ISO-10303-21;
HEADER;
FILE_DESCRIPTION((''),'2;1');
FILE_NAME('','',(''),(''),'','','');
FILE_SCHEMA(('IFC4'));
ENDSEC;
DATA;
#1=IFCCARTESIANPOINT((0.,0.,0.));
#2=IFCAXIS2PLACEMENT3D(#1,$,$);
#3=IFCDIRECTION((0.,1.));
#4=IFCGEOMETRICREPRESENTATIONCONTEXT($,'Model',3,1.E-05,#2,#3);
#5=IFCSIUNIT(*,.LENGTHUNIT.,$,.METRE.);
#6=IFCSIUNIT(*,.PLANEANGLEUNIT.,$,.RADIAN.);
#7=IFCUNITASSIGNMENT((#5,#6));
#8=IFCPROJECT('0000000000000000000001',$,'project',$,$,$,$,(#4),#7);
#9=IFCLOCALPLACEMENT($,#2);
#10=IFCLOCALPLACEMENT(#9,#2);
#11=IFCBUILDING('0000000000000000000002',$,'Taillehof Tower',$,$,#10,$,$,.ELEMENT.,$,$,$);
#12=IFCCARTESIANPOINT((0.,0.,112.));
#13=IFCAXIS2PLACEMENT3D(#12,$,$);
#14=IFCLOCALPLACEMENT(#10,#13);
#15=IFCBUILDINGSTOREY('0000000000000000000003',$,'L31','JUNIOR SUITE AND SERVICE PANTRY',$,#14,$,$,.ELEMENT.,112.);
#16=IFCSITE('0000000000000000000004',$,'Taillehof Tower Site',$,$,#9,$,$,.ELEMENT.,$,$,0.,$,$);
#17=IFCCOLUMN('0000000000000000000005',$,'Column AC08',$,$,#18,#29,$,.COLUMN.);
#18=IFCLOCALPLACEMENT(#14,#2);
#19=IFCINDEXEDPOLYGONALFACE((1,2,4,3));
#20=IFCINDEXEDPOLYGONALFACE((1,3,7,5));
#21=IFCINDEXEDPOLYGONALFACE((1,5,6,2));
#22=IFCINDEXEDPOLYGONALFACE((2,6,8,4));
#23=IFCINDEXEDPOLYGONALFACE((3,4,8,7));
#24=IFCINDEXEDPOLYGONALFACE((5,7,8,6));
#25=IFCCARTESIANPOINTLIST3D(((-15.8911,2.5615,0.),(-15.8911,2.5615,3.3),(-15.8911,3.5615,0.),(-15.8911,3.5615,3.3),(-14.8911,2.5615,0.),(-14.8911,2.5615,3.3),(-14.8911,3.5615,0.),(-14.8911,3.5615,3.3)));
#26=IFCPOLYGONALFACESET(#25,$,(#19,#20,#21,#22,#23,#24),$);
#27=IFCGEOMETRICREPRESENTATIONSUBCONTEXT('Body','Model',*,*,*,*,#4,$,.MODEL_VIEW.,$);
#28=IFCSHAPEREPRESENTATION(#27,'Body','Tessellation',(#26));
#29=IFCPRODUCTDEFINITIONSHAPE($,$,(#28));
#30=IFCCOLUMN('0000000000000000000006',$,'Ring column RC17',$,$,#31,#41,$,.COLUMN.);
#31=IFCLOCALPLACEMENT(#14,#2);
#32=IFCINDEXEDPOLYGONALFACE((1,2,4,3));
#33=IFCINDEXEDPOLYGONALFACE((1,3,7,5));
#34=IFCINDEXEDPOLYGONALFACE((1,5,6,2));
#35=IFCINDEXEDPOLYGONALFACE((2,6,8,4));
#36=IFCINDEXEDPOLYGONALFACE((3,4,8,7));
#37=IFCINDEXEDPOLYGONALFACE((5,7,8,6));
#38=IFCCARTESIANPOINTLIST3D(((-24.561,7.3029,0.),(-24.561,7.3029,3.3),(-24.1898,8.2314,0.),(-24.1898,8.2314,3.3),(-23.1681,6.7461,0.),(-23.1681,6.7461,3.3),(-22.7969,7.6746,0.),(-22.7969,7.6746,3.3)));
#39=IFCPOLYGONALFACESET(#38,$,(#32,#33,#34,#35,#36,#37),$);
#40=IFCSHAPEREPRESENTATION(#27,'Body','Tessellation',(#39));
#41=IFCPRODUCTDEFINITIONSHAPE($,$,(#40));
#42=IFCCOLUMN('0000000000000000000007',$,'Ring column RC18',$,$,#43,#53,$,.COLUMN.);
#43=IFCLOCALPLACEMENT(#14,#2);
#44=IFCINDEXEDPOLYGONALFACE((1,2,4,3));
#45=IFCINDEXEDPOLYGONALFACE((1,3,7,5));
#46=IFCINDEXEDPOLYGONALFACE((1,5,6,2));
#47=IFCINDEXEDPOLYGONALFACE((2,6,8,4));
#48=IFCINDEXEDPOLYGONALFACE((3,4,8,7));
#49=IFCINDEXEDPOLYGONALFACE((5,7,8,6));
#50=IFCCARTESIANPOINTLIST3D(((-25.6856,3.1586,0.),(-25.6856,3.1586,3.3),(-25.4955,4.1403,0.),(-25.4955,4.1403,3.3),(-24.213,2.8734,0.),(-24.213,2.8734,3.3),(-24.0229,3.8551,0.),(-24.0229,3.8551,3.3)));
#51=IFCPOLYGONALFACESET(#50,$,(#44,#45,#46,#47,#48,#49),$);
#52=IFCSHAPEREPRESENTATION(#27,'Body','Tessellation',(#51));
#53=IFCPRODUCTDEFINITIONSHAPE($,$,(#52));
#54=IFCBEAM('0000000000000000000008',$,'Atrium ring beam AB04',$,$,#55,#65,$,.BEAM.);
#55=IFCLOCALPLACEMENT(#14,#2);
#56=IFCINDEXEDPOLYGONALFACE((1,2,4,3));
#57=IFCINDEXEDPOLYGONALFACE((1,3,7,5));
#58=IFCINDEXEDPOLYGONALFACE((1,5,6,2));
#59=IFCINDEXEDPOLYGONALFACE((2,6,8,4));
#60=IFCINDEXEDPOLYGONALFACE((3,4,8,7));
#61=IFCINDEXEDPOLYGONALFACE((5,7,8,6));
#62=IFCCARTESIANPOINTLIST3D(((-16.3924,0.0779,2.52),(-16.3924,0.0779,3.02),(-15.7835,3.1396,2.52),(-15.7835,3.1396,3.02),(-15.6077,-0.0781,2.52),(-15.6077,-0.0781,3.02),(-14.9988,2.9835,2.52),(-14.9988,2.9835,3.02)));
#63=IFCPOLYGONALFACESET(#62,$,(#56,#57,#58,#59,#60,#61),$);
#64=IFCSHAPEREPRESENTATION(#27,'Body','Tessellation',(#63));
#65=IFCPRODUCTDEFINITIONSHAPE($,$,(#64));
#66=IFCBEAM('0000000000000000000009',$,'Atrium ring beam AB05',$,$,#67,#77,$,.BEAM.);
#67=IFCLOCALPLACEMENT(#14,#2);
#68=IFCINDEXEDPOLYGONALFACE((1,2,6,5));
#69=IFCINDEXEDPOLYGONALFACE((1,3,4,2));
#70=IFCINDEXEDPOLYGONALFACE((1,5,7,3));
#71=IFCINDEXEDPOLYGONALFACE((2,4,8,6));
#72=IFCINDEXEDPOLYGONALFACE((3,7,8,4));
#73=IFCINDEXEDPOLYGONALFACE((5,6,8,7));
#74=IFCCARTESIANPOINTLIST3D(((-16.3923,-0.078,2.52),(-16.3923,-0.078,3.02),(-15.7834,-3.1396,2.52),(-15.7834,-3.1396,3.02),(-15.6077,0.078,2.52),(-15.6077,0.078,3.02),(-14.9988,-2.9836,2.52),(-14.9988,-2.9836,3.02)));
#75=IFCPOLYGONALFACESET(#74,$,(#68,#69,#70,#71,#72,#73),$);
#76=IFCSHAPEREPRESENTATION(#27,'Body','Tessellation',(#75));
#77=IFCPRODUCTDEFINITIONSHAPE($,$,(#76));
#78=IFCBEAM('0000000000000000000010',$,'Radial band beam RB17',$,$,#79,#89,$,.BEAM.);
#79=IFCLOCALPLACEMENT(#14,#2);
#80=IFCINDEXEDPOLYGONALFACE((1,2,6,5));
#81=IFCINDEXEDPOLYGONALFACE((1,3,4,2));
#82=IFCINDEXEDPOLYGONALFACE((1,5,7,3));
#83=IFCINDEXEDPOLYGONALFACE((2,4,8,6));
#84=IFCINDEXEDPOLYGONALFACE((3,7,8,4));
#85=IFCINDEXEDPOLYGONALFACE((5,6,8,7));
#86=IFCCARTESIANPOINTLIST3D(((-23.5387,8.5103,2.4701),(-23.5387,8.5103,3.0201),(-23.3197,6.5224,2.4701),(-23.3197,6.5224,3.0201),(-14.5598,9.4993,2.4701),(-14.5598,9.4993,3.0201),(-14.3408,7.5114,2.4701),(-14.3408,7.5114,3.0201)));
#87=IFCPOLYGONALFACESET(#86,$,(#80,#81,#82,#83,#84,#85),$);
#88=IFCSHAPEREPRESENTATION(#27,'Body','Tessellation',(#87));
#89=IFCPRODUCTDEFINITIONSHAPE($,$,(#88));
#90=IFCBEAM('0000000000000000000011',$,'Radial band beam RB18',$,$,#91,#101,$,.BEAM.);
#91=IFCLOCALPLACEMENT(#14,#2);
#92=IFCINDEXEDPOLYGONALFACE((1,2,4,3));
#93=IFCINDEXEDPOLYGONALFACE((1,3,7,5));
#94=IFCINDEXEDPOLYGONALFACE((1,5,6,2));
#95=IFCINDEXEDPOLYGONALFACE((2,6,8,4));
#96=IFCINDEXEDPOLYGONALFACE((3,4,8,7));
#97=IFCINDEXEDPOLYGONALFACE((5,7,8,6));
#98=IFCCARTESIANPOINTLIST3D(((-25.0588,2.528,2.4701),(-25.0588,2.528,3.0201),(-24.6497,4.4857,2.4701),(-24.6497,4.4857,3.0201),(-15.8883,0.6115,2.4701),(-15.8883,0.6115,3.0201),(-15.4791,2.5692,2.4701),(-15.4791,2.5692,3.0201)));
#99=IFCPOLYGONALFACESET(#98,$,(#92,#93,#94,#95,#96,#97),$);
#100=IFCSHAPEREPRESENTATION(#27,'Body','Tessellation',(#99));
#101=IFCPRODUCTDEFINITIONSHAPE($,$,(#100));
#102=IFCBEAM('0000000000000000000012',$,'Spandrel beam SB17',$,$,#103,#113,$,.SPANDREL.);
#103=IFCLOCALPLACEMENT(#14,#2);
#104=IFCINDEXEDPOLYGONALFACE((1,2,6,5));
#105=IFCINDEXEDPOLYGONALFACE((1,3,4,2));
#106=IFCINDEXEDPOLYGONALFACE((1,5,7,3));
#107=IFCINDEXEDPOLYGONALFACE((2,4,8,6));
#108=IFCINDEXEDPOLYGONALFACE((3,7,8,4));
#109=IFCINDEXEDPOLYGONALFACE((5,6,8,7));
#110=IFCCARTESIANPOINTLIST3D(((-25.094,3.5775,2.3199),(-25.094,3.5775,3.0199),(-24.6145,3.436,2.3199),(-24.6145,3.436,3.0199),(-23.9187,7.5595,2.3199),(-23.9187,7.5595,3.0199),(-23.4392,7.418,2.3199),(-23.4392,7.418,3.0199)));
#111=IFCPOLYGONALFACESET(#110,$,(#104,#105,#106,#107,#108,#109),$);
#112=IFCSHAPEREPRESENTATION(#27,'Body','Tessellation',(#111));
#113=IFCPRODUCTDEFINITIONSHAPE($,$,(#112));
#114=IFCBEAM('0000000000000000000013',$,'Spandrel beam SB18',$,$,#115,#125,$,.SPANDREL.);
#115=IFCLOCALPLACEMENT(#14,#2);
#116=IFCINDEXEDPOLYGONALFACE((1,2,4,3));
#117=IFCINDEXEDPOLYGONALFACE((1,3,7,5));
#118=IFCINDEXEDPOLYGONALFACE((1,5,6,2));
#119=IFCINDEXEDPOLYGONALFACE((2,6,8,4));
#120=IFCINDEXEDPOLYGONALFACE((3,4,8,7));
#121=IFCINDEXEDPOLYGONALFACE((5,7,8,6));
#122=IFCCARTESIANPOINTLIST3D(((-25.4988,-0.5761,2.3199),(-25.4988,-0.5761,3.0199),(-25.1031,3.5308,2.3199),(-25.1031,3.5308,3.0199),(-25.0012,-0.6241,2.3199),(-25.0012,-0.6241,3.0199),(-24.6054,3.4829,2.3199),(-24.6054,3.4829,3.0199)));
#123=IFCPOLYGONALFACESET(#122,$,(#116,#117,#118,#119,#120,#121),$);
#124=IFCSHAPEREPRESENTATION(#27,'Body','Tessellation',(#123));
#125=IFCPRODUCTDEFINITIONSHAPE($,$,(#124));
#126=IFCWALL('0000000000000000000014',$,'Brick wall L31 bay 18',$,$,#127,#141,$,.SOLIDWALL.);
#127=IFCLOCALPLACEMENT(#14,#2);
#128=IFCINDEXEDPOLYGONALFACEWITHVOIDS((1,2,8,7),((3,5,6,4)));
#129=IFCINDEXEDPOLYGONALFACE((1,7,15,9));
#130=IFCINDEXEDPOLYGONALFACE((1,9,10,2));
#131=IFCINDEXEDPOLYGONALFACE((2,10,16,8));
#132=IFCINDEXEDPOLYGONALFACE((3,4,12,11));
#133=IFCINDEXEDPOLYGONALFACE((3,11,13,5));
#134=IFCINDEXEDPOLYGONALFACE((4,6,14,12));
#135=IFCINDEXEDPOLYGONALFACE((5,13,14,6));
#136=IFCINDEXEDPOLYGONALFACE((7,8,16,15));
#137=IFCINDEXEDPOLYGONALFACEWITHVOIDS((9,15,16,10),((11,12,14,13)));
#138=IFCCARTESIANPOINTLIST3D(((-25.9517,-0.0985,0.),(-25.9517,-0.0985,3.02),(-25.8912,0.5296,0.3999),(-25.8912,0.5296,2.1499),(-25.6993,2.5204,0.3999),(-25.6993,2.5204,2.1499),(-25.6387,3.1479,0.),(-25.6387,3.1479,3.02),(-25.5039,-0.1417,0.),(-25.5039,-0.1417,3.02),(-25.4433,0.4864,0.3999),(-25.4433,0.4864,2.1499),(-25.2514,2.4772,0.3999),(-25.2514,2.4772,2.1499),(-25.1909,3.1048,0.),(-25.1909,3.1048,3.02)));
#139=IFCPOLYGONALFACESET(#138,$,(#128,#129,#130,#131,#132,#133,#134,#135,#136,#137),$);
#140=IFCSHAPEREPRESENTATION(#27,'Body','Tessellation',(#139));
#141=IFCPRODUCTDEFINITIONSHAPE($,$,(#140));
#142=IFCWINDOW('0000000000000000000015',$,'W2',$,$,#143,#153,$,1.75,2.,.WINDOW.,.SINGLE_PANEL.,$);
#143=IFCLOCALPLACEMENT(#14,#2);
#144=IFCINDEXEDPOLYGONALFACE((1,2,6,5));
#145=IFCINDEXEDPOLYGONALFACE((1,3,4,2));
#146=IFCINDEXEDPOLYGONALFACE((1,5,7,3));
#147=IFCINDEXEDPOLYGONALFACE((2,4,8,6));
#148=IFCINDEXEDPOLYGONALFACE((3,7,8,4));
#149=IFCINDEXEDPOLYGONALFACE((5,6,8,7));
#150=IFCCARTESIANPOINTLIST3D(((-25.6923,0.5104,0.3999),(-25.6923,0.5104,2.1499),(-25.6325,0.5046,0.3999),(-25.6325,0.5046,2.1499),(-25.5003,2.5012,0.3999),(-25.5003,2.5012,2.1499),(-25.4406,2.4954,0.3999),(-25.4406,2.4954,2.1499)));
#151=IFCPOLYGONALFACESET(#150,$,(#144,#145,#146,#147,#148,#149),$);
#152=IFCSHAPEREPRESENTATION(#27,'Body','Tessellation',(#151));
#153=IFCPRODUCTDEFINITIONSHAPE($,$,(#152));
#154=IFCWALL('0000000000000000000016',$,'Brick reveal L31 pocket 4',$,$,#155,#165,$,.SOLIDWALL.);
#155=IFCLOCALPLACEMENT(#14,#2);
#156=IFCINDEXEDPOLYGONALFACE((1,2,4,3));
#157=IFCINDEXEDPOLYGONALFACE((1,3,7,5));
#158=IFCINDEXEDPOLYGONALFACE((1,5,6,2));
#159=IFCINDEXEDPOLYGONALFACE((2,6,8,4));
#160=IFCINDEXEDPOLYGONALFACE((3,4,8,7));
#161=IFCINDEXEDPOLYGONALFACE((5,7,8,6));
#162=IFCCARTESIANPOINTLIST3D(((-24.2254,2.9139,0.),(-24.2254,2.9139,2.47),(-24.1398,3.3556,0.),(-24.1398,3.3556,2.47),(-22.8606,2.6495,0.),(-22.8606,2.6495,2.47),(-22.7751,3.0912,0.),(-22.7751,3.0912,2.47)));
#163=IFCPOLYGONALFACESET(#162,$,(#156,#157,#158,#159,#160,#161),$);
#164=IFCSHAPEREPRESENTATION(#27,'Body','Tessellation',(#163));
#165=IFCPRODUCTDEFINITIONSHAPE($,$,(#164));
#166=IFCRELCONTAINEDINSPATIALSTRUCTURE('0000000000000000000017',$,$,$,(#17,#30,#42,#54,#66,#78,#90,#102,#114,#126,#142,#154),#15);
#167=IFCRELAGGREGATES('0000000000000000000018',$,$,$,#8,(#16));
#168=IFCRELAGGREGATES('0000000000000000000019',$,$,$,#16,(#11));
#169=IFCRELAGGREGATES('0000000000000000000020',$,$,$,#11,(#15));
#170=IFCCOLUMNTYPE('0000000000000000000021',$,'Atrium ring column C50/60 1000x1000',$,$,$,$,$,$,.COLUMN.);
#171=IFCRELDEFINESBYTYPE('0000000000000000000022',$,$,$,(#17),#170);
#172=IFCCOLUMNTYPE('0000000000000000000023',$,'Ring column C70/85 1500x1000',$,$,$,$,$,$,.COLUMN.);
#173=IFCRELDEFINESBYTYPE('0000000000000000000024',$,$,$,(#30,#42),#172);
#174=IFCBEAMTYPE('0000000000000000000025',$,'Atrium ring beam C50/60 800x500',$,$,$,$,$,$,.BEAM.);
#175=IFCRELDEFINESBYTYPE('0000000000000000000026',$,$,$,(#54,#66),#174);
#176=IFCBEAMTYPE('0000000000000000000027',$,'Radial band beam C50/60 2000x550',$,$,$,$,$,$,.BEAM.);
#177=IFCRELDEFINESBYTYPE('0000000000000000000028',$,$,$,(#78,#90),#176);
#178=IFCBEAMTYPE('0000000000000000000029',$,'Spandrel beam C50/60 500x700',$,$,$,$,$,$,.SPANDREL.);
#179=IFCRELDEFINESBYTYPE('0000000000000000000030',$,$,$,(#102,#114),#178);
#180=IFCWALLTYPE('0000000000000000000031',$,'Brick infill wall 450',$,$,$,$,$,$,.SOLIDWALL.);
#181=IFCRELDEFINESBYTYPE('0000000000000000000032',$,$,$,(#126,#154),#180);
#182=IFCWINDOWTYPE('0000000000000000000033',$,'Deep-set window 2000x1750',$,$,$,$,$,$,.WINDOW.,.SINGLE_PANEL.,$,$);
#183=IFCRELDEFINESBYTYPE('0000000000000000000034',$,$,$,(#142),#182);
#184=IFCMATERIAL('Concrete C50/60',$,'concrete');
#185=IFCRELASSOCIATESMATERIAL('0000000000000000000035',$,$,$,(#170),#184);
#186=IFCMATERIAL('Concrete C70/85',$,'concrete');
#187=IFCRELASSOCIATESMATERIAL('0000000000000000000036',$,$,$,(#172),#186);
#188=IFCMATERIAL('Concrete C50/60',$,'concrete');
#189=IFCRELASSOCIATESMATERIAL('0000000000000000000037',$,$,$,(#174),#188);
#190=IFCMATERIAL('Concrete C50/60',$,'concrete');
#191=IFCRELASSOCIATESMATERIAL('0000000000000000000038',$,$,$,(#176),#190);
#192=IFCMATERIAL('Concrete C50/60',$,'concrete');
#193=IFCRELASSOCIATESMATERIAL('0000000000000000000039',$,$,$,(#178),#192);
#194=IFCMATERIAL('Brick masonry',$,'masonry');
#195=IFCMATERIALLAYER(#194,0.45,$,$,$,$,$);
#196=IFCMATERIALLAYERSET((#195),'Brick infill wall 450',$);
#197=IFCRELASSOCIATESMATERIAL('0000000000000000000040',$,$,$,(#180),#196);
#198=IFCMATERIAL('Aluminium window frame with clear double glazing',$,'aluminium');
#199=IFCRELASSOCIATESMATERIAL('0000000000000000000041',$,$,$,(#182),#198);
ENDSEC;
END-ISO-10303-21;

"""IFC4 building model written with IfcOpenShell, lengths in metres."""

from ifc_helpers import new_model, si_unit, direction, frame, frame_2d, origin, origin_2d, place, context, subcontext, project, spatial, rectangle, extrude, material, layer, layer_set, material_profile, profile_set, type_object, element, fill, save


model = new_model("IFC4")

# Units and contexts
model_context = context("Model", 3, precision=1e-05, world=origin(), true_north=direction((0.0, 1.0)))
body_context = subcontext(model_context, "Body", "Model", "MODEL_VIEW")
ifc_project = project(units=[si_unit("LENGTHUNIT", "METRE"), si_unit("PLANEANGLEUNIT", "RADIAN")], contexts=[model_context])

# Site, building, storey
site_placement = place(None, origin())
site = spatial("IfcSite", under=ifc_project, at=site_placement, Name="Taillehof Tower Site", CompositionType="ELEMENT", RefElevation=0.0)
building_placement = place(site_placement, origin())
building = spatial("IfcBuilding", under=site, at=building_placement, Name="Taillehof Tower", CompositionType="ELEMENT")
storey_placement = place(building_placement, frame((0.0, 0.0, 112.0)))
storey = spatial("IfcBuildingStorey", under=building, at=storey_placement, Name="L31", Description="JUNIOR SUITE AND SERVICE PANTRY", CompositionType="ELEMENT", Elevation=112.0)

# Columns
ifc_material_1 = material(Name="Concrete C50/60", Category="concrete")
ifc_material_profile_1 = material_profile(ifc_material_1, rectangle(XDim=1.0, YDim=1.0, at=origin_2d()), Name="RC 1000x1000")
ifc_profile_set_1 = profile_set([ifc_material_profile_1], Name="Concrete C50/60")
column_type_1 = type_object("IfcColumnType", Name="Atrium ring column C50/60 1000x1000", PredefinedType="COLUMN", material=ifc_profile_set_1)
column_placement = place(storey_placement, frame((-15.3911, 3.0615, 0.0), z_axis=(0.0, 0.0, 1.0), x_axis=(1.0, 0.0, 0.0)))
element("IfcColumn", 1, at=column_placement, inside=storey, type_object=column_type_1, Name="Column AC08", PredefinedType="COLUMN", context=body_context, shape_type="SweptSolid", body=[
    extrude(rectangle(XDim=1.0, YDim=1.0, at=origin_2d()), origin(), (0.0, 0.0, 1.0), 3.3),
])
ifc_material_2 = material(Name="Concrete C70/85", Category="concrete")
ifc_material_profile_2 = material_profile(ifc_material_2, rectangle(XDim=1.5, YDim=1.0, at=origin_2d()), Name="RC 1500x1000")
ifc_profile_set_2 = profile_set([ifc_material_profile_2], Name="Concrete C70/85")
column_type_2 = type_object("IfcColumnType", Name="Ring column C70/85 1500x1000", PredefinedType="COLUMN", material=ifc_profile_set_2)
for number, where, z_axis, x_axis, name in (
    (2, (-23.679, 7.4888, 0.0), (0.0, 0.0, 1.0), (-0.92855, 0.371207, 0.0), "Ring column RC17"),
    (3, (-24.8542, 3.5068, 0.0), (0.0, 0.0, 1.0), (-0.981757, 0.190138, 0.0), "Ring column RC18"),
):
    element("IfcColumn", number, at=place(storey_placement, frame(where, z_axis=z_axis, x_axis=x_axis)), inside=storey, type_object=column_type_2, Name=name, PredefinedType="COLUMN", context=body_context, shape_type="SweptSolid", body=[
        extrude(rectangle(XDim=1.5, YDim=1.0, at=origin_2d()), origin(), (0.0, 0.0, 1.0), 3.3),
    ])

# Beams
ifc_material_3 = material(Name="Concrete C50/60", Category="concrete")
ifc_material_profile_3 = material_profile(ifc_material_3, rectangle(XDim=0.8, YDim=0.5, at=origin_2d()), Name="RC 800x500")
ifc_profile_set_3 = profile_set([ifc_material_profile_3], Name="Concrete C50/60")
beam_type_1 = type_object("IfcBeamType", Name="Atrium ring beam C50/60 800x500", PredefinedType="BEAM", material=ifc_profile_set_3)
for number, where, z_axis, x_axis, name in (
    (4, (-15.3911, 3.0615, 2.77), (-0.195063, -0.980791, 0.0), (0.980791, -0.195063, 0.0), "Atrium ring beam AB04"),
    (5, (-16.0, 0.0, 2.77), (0.195063, -0.980791, 0.0), (0.980791, 0.195063, 0.0), "Atrium ring beam AB05"),
):
    element("IfcBeam", number, at=place(storey_placement, frame(where, z_axis=z_axis, x_axis=x_axis)), inside=storey, type_object=beam_type_1, Name=name, PredefinedType="BEAM", context=body_context, shape_type="SweptSolid", body=[
        extrude(rectangle(XDim=0.8, YDim=0.5, at=origin_2d()), origin(), (0.0, 0.0, 1.0), 3.1216),
    ])
ifc_material_4 = material(Name="Concrete C50/60", Category="concrete")
ifc_material_profile_4 = material_profile(ifc_material_4, rectangle(XDim=2.0, YDim=0.55, at=origin_2d()), Name="RC 2000x550")
ifc_profile_set_4 = profile_set([ifc_material_profile_4], Name="Concrete C50/60")
beam_type_2 = type_object("IfcBeamType", Name="Radial band beam C50/60 2000x550", PredefinedType="BEAM", material=ifc_profile_set_4)
beam_1_placement = place(storey_placement, frame((-23.4292, 7.5164, 2.7451), z_axis=(0.993988, 0.109485, 0.0), x_axis=(-0.109485, 0.993988, 0.0)))
element("IfcBeam", 6, at=beam_1_placement, inside=storey, type_object=beam_type_2, Name="Radial band beam RB17", PredefinedType="BEAM", context=body_context, shape_type="SweptSolid", body=[
    extrude(rectangle(XDim=2.0, YDim=0.55, at=origin_2d()), origin(), (0.0, 0.0, 1.0), 9.0332),
])
beam_2_placement = place(storey_placement, frame((-24.8542, 3.5068, 2.7451), z_axis=(0.978853, -0.204563, 0.0), x_axis=(0.204563, 0.978853, 0.0)))
element("IfcBeam", 7, at=beam_2_placement, inside=storey, type_object=beam_type_2, Name="Radial band beam RB18", PredefinedType="BEAM", context=body_context, shape_type="SweptSolid", body=[
    extrude(rectangle(XDim=2.0, YDim=0.55, at=origin_2d()), origin(), (0.0, 0.0, 1.0), 9.3687),
])
ifc_material_5 = material(Name="Concrete C50/60", Category="concrete")
ifc_material_profile_5 = material_profile(ifc_material_5, rectangle(XDim=0.5, YDim=0.7, at=origin_2d()), Name="RC 500x700")
ifc_profile_set_5 = profile_set([ifc_material_profile_5], Name="Concrete C50/60")
beam_type_3 = type_object("IfcBeamType", Name="Spandrel beam C50/60 500x700", PredefinedType="SPANDREL", material=ifc_profile_set_5)
beam_3_placement = place(storey_placement, frame((-23.679, 7.4888, 2.6699), z_axis=(-0.283083, -0.959095, 0.0), x_axis=(0.959095, -0.283083, 0.0)))
element("IfcBeam", 8, at=beam_3_placement, inside=storey, type_object=beam_type_3, Name="Spandrel beam SB17", PredefinedType="SPANDREL", context=body_context, shape_type="SweptSolid", body=[
    extrude(rectangle(XDim=0.5, YDim=0.7, at=origin_2d()), origin(), (0.0, 0.0, 1.0), 4.1519),
])
beam_4_placement = place(storey_placement, frame((-24.8542, 3.5068, 2.6699), z_axis=(-0.095918, -0.995389, 0.0), x_axis=(0.995389, -0.095918, 0.0)))
element("IfcBeam", 9, at=beam_4_placement, inside=storey, type_object=beam_type_3, Name="Spandrel beam SB18", PredefinedType="SPANDREL", context=body_context, shape_type="SweptSolid", body=[
    extrude(rectangle(XDim=0.5, YDim=0.7, at=origin_2d()), origin(), (0.0, 0.0, 1.0), 4.126),
])

# Wall, opening, window
ifc_material_6 = material(Name="Brick masonry", Category="masonry")
ifc_layer_1 = layer(ifc_material_6, 0.45)
ifc_layer_set_1 = layer_set([ifc_layer_1], Name="Brick infill wall 450")
wall_type_1 = type_object("IfcWallType", Name="Brick infill wall 450", PredefinedType="SOLIDWALL", material=ifc_layer_set_1)
wall_1_placement = place(storey_placement, frame((-25.4148, 3.1265, 0.0), z_axis=(0.0, 0.0, 1.0), x_axis=(-0.095968, -0.995384, 0.0)))
wall_1 = element("IfcWall", 10, at=wall_1_placement, inside=storey, type_object=wall_type_1, Name="Brick wall L31 bay 18", PredefinedType="SOLIDWALL", context=body_context, shape_type="SweptSolid", body=[
    extrude(rectangle(XDim=3.2615, YDim=0.45, at=frame_2d((1.6309, 0.0))), origin(), (0.0, 0.0, 1.0), 3.02),
])
opening_1_placement = place(wall_1_placement, frame((0.6306, 0.0, 0.3999)))
opening_1 = element("IfcOpeningElement", 11, at=opening_1_placement, cuts=wall_1, PredefinedType="OPENING", context=body_context, shape_type="SweptSolid", body=[
    extrude(rectangle(XDim=2.0, YDim=1.75, at=frame_2d((1.0, 0.875))), frame((0.0, 0.2349, 0.0), z_axis=(0.0, -1.0, 0.0), x_axis=(1.0, 0.0, 0.0)), (0.0, 0.0, 1.0), 0.47),
])
ifc_material_7 = material(Name="Aluminium window frame with clear double glazing", Category="aluminium")
window_type_1 = type_object("IfcWindowType", Name="Deep-set window 2000x1750", PartitioningType="SINGLE_PANEL", PredefinedType="WINDOW", material=ifc_material_7)
window_1_placement = place(opening_1_placement, origin())
window_1 = element("IfcWindow", 12, at=window_1_placement, inside=storey, type_object=window_type_1, Name="W2", OverallHeight=1.75, OverallWidth=2.0, PartitioningType="SINGLE_PANEL", PredefinedType="WINDOW", context=body_context, shape_type="SweptSolid", body=[
    extrude(rectangle(XDim=2.0, YDim=1.75, at=frame_2d((1.0, 0.875))), frame((0.0, 0.0349, 0.0), z_axis=(0.0, -1.0, 0.0), x_axis=(1.0, 0.0, 0.0)), (0.0, 0.0, 1.0), 0.0601),
])
fill(opening_1, window_1)

# Wall
wall_2_placement = place(storey_placement, frame((-24.1826, 3.1348, 0.0), z_axis=(0.0, 0.0, 1.0), x_axis=(0.981745, -0.190202, 0.0)))
element("IfcWall", 13, at=wall_2_placement, inside=storey, type_object=wall_type_1, Name="Brick reveal L31 pocket 4", PredefinedType="SOLIDWALL", context=body_context, shape_type="SweptSolid", body=[
    extrude(rectangle(XDim=1.3901, YDim=0.45, at=frame_2d((0.6951, 0.0))), origin(), (0.0, 0.0, 1.0), 2.47),
])

save(model, "model.ifc")
